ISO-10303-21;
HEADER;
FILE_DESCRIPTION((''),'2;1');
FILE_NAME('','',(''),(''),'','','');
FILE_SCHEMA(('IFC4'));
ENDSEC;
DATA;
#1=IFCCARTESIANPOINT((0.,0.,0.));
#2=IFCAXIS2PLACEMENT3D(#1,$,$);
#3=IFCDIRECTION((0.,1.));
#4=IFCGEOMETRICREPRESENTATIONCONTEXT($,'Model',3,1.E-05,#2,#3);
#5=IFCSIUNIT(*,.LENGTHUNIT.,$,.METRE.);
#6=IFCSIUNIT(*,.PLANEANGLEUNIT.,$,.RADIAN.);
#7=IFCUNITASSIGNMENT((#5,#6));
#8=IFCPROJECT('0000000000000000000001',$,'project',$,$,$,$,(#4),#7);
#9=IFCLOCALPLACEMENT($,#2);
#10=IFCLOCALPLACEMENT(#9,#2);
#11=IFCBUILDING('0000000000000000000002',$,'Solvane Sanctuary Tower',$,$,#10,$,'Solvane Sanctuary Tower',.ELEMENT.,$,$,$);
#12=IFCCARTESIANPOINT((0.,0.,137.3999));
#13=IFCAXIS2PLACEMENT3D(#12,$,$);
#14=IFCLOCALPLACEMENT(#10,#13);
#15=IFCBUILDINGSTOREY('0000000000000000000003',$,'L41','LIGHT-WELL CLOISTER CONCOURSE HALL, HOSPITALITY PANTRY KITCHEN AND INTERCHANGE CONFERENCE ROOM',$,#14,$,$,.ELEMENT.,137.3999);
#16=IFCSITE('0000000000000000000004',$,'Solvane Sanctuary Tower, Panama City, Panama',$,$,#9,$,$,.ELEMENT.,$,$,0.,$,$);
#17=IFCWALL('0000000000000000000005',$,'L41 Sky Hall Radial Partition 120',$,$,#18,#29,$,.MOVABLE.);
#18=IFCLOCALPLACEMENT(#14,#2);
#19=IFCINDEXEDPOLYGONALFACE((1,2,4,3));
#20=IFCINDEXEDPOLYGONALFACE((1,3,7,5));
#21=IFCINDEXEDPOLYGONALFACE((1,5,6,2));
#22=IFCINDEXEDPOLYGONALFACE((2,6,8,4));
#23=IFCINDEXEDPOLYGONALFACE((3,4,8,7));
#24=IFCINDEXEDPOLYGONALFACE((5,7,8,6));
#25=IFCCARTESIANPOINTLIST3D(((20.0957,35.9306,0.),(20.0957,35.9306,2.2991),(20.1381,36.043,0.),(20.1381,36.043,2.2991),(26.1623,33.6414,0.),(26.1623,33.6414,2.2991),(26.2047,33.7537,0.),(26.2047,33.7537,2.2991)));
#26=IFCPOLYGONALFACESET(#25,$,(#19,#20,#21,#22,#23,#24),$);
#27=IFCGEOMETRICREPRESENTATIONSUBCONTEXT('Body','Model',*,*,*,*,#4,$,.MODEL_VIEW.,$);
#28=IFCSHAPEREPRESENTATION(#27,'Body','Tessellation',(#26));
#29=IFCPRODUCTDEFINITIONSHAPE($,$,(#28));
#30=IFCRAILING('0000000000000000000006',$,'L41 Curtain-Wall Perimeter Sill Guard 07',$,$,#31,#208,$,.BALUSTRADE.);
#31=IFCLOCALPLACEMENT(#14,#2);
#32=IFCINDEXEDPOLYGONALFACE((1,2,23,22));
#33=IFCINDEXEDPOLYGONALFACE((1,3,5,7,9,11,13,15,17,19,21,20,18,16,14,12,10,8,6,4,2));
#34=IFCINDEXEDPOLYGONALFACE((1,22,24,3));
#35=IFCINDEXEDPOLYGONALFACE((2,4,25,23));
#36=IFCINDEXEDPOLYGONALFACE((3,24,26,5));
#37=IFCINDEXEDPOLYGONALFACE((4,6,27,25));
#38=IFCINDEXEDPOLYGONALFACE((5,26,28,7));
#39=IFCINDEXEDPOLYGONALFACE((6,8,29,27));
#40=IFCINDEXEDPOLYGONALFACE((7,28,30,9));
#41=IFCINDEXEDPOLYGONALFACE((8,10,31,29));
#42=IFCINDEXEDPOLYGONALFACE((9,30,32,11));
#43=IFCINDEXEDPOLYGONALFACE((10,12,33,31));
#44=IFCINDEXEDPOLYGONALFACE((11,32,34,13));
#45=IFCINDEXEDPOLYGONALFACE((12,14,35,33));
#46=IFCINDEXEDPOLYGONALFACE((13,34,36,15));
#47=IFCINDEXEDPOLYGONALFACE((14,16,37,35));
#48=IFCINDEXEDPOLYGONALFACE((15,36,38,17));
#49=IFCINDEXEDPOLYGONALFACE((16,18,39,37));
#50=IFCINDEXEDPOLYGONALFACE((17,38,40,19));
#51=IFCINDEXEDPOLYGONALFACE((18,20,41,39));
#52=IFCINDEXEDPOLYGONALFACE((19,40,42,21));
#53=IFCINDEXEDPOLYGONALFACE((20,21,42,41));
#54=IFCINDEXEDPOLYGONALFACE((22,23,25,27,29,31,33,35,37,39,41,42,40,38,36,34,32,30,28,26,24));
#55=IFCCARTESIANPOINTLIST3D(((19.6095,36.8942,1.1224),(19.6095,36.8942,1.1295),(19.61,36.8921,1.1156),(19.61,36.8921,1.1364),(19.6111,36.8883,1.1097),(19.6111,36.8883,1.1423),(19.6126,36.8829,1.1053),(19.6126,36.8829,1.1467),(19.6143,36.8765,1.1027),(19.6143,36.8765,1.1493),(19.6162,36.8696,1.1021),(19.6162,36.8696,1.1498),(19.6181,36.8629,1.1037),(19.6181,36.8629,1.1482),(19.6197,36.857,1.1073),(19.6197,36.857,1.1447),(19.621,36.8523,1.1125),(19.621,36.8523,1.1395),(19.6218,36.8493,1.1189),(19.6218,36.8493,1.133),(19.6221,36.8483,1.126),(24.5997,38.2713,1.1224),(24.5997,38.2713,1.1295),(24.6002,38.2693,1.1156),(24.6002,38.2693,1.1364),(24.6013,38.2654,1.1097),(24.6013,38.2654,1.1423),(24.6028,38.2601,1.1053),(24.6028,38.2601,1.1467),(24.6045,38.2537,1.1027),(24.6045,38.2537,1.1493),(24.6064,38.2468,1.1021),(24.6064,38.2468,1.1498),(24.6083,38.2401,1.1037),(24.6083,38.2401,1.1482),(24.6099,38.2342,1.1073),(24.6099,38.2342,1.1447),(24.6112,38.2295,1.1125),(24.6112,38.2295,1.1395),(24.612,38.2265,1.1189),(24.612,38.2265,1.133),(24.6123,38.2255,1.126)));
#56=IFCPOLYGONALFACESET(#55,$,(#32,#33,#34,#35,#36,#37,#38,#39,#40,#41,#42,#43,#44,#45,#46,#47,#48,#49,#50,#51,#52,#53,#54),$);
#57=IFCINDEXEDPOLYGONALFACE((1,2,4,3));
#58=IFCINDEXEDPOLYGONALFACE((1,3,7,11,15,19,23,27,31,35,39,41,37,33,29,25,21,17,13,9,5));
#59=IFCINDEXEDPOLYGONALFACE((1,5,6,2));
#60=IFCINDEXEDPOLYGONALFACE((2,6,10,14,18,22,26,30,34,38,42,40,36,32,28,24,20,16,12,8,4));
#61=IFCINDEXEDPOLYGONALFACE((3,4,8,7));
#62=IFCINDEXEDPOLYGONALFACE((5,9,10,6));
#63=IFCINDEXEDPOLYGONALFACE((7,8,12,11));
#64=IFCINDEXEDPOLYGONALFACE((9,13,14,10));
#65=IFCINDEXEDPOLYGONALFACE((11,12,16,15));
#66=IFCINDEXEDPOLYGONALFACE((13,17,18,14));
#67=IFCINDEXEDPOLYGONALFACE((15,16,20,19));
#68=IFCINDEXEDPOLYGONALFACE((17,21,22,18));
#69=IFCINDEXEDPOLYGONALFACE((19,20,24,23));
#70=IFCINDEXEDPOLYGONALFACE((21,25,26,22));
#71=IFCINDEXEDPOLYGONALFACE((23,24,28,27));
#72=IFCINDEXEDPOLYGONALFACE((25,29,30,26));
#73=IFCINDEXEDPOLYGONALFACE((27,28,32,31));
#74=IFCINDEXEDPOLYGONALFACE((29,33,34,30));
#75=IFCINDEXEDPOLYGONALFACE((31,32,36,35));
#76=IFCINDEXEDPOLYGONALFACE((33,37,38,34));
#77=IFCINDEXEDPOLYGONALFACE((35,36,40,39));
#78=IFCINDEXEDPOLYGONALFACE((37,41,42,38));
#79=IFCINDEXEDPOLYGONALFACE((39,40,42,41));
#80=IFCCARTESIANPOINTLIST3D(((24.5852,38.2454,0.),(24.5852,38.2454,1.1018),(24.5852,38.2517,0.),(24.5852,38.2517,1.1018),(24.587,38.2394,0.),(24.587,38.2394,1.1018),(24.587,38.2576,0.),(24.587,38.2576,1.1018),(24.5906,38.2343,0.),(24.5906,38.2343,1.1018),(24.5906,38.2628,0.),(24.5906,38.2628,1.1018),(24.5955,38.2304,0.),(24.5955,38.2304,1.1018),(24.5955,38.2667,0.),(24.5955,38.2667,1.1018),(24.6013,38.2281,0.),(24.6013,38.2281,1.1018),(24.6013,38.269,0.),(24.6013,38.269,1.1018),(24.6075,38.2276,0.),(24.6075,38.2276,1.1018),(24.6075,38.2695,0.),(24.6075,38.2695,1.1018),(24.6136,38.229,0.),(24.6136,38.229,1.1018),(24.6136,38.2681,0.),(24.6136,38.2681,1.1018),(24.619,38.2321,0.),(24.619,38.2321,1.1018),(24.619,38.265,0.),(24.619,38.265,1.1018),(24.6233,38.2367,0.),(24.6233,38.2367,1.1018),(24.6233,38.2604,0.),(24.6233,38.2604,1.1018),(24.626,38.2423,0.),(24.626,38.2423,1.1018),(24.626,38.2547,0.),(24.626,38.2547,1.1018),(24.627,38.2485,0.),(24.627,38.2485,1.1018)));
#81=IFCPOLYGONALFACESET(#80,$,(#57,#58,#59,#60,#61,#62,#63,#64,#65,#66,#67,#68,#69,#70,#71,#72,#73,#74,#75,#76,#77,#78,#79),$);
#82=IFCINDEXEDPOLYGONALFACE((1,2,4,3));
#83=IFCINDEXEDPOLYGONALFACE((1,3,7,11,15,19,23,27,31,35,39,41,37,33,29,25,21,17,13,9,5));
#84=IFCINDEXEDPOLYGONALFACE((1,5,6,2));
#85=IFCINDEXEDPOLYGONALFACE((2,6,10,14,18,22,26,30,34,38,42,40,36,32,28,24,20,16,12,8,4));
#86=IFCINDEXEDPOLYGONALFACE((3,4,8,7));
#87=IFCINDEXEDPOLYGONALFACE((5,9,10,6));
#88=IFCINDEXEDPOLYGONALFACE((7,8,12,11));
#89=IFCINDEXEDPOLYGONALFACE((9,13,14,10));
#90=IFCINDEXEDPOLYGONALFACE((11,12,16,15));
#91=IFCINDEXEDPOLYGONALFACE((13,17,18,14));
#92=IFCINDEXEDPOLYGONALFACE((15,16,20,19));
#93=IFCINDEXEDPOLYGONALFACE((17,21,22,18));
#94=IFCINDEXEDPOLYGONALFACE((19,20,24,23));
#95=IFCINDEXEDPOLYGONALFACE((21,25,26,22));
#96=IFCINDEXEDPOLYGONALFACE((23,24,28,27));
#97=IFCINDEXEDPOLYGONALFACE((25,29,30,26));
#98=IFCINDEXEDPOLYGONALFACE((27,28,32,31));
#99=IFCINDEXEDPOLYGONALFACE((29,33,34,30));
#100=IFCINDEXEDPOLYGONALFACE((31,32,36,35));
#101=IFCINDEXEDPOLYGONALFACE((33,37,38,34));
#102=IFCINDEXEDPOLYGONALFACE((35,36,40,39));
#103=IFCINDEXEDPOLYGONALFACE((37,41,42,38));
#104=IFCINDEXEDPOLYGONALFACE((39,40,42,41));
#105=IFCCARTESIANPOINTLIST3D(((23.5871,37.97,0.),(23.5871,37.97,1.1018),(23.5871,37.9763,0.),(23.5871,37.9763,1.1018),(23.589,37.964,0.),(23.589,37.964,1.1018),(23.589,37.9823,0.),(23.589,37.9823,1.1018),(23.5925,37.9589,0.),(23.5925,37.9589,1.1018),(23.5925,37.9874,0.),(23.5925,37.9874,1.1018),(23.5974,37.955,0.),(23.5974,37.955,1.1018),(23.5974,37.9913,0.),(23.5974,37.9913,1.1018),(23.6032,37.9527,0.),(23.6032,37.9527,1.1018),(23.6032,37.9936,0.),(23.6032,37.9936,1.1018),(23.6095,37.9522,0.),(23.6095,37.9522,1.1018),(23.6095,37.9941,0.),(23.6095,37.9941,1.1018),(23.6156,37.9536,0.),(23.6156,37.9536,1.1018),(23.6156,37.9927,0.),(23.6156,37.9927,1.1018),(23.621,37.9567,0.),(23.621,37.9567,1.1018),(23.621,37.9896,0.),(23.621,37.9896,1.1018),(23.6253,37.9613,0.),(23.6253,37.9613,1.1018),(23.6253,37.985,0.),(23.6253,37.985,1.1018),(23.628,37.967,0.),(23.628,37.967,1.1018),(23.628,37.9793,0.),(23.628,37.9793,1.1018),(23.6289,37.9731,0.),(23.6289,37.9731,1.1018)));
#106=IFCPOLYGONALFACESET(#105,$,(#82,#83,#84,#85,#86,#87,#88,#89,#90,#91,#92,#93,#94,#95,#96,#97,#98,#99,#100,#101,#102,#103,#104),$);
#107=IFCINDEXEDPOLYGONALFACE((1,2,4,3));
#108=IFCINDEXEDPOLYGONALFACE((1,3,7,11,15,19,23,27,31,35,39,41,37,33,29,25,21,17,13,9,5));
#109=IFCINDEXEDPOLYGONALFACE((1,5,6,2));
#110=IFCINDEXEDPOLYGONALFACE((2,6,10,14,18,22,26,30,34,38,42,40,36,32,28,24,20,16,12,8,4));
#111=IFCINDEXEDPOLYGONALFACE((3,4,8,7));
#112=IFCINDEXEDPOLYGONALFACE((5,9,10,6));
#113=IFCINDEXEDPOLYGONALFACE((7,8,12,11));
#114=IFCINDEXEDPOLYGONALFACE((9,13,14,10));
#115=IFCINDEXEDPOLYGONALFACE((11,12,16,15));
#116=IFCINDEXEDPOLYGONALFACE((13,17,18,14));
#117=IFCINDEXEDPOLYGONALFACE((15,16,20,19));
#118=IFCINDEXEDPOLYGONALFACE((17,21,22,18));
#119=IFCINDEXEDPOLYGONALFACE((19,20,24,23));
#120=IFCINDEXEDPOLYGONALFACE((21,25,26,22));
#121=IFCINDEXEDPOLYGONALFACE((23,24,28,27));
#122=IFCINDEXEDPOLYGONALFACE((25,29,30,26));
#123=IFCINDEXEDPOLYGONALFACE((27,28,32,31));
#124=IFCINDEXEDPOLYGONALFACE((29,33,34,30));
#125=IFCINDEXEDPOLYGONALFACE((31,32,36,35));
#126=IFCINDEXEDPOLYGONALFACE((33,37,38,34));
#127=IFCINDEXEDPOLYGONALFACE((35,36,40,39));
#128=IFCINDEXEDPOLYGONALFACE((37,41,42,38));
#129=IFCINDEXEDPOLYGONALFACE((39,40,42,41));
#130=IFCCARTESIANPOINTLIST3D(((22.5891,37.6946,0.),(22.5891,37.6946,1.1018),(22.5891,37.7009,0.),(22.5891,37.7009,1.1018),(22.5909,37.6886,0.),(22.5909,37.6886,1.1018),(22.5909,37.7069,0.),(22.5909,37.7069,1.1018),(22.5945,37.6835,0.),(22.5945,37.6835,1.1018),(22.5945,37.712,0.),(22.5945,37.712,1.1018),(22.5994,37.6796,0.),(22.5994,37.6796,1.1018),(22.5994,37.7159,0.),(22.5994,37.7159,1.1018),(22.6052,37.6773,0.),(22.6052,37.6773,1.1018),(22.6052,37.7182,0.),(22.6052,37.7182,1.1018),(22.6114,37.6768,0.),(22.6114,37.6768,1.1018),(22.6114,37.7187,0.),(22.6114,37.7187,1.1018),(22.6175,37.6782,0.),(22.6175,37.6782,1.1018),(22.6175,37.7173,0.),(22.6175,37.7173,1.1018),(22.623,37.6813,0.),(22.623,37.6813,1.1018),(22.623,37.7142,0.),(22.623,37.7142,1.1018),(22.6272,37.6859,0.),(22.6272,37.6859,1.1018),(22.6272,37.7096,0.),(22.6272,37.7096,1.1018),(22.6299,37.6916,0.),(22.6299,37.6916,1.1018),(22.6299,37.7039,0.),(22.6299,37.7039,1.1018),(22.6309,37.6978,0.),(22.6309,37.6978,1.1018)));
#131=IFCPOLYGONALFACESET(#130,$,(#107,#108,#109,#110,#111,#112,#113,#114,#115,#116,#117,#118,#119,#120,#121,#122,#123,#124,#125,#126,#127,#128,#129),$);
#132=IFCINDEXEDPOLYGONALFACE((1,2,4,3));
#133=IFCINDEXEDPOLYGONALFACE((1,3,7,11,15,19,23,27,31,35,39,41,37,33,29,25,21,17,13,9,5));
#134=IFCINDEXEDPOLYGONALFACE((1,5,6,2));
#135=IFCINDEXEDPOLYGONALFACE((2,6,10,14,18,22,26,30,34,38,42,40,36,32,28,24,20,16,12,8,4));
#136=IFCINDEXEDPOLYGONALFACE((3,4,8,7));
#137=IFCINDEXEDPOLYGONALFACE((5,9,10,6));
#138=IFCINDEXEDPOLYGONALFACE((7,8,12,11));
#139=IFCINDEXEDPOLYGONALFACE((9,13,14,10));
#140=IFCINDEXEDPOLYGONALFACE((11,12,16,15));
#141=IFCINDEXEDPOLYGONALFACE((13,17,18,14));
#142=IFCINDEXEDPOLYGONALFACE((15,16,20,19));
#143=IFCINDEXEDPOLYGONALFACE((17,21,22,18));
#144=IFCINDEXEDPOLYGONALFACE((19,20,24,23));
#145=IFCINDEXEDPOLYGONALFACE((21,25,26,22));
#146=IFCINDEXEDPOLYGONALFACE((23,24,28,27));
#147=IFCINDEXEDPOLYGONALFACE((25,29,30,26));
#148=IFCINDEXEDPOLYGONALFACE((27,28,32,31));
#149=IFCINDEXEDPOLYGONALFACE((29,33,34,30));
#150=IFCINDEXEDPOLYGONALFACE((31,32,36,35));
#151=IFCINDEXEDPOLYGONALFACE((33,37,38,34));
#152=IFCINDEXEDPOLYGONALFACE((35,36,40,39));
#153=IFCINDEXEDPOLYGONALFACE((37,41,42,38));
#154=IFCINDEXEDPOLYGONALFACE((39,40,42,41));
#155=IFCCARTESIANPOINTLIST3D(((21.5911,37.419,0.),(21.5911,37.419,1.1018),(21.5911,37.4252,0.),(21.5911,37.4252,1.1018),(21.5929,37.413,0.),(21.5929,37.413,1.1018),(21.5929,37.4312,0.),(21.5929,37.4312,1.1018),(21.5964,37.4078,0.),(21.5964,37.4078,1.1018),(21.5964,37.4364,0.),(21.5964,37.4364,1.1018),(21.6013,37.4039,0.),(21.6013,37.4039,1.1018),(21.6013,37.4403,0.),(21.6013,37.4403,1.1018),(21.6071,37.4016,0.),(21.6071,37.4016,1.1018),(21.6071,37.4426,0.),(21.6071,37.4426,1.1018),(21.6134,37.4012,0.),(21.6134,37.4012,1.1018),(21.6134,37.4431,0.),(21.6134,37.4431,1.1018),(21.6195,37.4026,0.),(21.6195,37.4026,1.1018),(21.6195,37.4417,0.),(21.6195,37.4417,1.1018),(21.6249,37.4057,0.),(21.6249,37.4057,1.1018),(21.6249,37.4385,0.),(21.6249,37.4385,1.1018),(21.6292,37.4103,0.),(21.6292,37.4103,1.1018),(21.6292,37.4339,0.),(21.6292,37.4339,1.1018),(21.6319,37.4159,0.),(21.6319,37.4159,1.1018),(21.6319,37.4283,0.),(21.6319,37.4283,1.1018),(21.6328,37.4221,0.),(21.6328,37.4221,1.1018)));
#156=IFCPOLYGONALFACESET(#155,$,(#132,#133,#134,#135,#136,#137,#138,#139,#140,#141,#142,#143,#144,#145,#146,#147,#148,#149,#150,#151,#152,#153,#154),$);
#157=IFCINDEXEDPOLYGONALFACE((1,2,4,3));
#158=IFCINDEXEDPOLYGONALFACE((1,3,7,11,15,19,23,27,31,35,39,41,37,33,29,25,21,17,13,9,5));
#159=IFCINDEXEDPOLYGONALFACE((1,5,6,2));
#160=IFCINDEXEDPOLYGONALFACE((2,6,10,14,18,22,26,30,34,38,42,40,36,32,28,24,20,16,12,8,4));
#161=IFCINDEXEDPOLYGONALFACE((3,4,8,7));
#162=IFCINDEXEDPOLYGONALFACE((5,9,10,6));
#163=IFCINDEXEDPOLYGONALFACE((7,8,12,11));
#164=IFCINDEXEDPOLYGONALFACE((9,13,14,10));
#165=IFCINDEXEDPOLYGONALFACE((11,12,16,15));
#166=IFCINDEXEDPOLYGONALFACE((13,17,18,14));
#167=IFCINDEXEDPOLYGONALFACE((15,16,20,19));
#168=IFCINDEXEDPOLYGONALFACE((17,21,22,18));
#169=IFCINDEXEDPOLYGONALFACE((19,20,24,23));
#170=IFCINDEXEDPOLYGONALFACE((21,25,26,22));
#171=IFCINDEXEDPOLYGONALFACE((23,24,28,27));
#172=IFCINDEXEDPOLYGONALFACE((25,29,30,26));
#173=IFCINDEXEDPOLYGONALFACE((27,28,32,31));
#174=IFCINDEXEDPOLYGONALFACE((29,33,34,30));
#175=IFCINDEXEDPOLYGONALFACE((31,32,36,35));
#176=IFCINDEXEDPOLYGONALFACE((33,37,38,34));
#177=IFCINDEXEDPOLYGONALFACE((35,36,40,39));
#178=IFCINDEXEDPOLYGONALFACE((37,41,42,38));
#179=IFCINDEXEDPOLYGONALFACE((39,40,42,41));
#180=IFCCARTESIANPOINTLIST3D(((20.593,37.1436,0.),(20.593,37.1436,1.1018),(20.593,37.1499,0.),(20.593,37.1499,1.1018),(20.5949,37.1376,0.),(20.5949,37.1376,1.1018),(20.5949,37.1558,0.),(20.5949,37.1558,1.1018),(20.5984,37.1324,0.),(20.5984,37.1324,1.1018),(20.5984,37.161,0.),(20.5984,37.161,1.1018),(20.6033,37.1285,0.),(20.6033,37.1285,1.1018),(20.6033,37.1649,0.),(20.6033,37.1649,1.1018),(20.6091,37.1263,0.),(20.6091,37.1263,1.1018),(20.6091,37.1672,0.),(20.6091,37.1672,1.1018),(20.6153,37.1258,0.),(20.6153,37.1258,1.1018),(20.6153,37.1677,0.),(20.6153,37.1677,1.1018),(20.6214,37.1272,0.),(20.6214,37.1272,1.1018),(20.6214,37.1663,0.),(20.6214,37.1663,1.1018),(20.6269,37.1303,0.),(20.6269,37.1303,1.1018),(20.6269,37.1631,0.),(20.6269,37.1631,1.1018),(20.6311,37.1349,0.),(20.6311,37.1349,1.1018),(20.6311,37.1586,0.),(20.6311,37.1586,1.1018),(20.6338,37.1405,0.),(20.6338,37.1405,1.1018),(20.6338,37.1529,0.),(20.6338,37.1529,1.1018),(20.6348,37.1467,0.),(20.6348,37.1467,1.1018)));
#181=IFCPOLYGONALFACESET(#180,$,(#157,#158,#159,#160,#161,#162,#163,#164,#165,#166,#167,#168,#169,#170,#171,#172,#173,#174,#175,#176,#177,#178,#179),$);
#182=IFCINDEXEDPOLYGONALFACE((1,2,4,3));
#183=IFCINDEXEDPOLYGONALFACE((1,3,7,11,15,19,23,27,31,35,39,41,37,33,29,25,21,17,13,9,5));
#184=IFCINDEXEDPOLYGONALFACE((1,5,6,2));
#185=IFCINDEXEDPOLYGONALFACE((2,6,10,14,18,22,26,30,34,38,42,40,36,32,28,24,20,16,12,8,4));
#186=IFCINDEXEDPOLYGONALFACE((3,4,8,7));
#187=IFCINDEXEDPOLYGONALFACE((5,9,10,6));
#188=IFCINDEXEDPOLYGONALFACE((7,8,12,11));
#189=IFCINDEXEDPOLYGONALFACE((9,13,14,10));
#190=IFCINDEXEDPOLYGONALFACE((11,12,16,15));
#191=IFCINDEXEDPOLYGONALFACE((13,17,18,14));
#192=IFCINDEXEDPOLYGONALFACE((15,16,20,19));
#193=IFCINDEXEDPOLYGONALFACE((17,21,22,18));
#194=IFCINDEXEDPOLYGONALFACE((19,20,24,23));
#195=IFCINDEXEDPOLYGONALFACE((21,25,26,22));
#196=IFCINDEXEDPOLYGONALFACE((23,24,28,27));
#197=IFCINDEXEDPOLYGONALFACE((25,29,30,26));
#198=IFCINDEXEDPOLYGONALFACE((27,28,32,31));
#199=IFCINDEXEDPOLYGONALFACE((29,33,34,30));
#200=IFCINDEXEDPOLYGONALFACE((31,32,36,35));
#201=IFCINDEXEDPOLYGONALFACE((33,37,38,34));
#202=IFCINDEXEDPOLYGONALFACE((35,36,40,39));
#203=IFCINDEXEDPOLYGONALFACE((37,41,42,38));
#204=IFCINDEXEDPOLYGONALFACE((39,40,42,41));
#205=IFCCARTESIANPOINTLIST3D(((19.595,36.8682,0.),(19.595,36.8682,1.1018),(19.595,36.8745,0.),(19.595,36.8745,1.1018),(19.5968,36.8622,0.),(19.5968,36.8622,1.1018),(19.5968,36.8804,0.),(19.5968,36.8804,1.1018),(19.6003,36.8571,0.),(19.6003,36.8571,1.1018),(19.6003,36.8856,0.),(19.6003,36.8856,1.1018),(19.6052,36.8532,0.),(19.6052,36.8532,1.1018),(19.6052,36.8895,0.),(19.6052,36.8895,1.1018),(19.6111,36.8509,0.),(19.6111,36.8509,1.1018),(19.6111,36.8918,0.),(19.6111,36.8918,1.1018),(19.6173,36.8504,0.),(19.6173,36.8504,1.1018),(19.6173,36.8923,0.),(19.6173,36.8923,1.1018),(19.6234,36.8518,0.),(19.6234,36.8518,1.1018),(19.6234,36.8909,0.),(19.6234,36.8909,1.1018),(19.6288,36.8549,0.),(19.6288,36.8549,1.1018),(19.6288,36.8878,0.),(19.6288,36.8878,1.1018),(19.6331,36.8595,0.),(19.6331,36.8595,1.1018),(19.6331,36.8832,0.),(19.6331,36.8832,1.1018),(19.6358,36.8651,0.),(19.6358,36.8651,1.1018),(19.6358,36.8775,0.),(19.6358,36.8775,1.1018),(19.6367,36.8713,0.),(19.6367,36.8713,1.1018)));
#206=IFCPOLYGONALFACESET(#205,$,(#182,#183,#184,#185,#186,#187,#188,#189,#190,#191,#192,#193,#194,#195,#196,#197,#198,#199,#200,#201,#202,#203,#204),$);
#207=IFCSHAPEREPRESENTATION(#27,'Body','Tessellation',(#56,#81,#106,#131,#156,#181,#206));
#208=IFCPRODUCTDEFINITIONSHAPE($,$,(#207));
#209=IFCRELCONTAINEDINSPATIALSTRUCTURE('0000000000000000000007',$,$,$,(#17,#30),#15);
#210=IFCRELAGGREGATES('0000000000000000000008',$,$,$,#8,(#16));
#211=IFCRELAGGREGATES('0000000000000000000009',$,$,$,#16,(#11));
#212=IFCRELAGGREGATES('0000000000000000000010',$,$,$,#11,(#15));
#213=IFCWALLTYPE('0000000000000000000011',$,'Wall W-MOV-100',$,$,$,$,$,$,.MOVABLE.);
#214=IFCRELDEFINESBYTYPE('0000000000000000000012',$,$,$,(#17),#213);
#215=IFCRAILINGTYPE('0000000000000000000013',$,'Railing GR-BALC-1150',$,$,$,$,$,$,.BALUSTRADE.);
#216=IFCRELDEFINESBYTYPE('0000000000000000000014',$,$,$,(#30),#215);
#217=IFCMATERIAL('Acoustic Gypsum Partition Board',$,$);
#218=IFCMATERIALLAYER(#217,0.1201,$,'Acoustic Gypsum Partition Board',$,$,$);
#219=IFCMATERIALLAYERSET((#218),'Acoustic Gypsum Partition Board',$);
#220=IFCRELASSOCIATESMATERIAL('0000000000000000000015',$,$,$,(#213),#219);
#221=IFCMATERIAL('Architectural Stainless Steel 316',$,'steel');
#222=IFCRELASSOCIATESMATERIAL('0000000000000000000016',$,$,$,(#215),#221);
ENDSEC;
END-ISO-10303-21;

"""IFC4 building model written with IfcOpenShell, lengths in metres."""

from ifc_helpers import new_model, si_unit, direction, frame, frame_2d, origin, origin_2d, place, context, subcontext, project, spatial, rectangle, circle, extrude, material, layer, layer_set, type_object, element, save


model = new_model("IFC4")

# Units and contexts
model_context = context("Model", 3, precision=1e-05, world=origin(), true_north=direction((0.0, 1.0)))
body_context = subcontext(model_context, "Body", "Model", "MODEL_VIEW")
ifc_project = project(units=[si_unit("LENGTHUNIT", "METRE"), si_unit("PLANEANGLEUNIT", "RADIAN")], contexts=[model_context])

# Site, building, storey
site_placement = place(None, origin())
site = spatial("IfcSite", under=ifc_project, at=site_placement, Name="Solvane Sanctuary Tower, Panama City, Panama", CompositionType="ELEMENT", RefElevation=0.0)
building_placement = place(site_placement, origin())
building = spatial("IfcBuilding", under=site, at=building_placement, Name="Solvane Sanctuary Tower", LongName="Solvane Sanctuary Tower", CompositionType="ELEMENT")
storey_placement = place(building_placement, frame((0.0, 0.0, 137.3999)))
storey = spatial("IfcBuildingStorey", under=building, at=storey_placement, Name="L41", Description="LIGHT-WELL CLOISTER CONCOURSE HALL, HOSPITALITY PANTRY KITCHEN AND INTERCHANGE CONFERENCE ROOM", CompositionType="ELEMENT", Elevation=137.3999)

# Shared definitions
ifc_material_1 = material(Name="Acoustic Gypsum Partition Board")

# Shared definitions
ifc_material_2 = material(Name="Architectural Stainless Steel 316", Category="steel")

# Wall
ifc_layer_1 = layer(ifc_material_1, 0.1201, Name="Acoustic Gypsum Partition Board")
ifc_layer_set_1 = layer_set([ifc_layer_1], Name="Acoustic Gypsum Partition Board")
wall_type_1 = type_object("IfcWallType", Name="Wall W-MOV-100", PredefinedType="MOVABLE", material=ifc_layer_set_1)
wall_1_placement = place(storey_placement, frame((26.1836, 33.6975, 0.0), z_axis=(0.0, 0.0, 1.0), x_axis=(-0.935601, 0.353058, 0.0)))
element("IfcWall", 1, at=wall_1_placement, inside=storey, type_object=wall_type_1, Name="L41 Sky Hall Radial Partition 120", PredefinedType="MOVABLE", context=body_context, shape_type="SweptSolid", body=[
    extrude(rectangle(XDim=6.4841, YDim=0.1201, at=frame_2d((3.2422, 0.0))), origin(), (0.0, 0.0, 1.0), 2.2991),
])

# Railing
railing_type = type_object("IfcRailingType", Name="Railing GR-BALC-1150", PredefinedType="BALUSTRADE", material=ifc_material_2)
railing_placement = place(storey_placement, frame((24.606, 38.2485, 0.0)))
element("IfcRailing", 2, at=railing_placement, inside=storey, type_object=railing_type, Name="L41 Curtain-Wall Perimeter Sill Guard 07", PredefinedType="BALUSTRADE", context=body_context, shape_type="SweptSolid", body=[
    extrude(circle(Radius=0.0239, at=origin_2d()), frame((0.0, 0.0, 1.126), z_axis=(-0.963964, -0.266033, 0.0), x_axis=(0.266033, -0.963964, 0.0)), (0.0, 0.0, 1.0), 5.1768),
    extrude(circle(Radius=0.021, at=origin_2d()), origin(), (0.0, 0.0, 1.0), 1.1018),
    extrude(circle(Radius=0.021, at=origin_2d()), frame((-0.998, -0.2754, 0.0)), (0.0, 0.0, 1.0), 1.1018),
    extrude(circle(Radius=0.021, at=origin_2d()), frame((-1.9961, -0.5508, 0.0)), (0.0, 0.0, 1.0), 1.1018),
    extrude(circle(Radius=0.021, at=origin_2d()), frame((-2.9941, -0.8264, 0.0)), (0.0, 0.0, 1.0), 1.1018),
    extrude(circle(Radius=0.021, at=origin_2d()), frame((-3.9922, -1.1018, 0.0)), (0.0, 0.0, 1.0), 1.1018),
    extrude(circle(Radius=0.021, at=origin_2d()), frame((-4.9902, -1.3772, 0.0)), (0.0, 0.0, 1.0), 1.1018),
])

save(model, "model.ifc")
